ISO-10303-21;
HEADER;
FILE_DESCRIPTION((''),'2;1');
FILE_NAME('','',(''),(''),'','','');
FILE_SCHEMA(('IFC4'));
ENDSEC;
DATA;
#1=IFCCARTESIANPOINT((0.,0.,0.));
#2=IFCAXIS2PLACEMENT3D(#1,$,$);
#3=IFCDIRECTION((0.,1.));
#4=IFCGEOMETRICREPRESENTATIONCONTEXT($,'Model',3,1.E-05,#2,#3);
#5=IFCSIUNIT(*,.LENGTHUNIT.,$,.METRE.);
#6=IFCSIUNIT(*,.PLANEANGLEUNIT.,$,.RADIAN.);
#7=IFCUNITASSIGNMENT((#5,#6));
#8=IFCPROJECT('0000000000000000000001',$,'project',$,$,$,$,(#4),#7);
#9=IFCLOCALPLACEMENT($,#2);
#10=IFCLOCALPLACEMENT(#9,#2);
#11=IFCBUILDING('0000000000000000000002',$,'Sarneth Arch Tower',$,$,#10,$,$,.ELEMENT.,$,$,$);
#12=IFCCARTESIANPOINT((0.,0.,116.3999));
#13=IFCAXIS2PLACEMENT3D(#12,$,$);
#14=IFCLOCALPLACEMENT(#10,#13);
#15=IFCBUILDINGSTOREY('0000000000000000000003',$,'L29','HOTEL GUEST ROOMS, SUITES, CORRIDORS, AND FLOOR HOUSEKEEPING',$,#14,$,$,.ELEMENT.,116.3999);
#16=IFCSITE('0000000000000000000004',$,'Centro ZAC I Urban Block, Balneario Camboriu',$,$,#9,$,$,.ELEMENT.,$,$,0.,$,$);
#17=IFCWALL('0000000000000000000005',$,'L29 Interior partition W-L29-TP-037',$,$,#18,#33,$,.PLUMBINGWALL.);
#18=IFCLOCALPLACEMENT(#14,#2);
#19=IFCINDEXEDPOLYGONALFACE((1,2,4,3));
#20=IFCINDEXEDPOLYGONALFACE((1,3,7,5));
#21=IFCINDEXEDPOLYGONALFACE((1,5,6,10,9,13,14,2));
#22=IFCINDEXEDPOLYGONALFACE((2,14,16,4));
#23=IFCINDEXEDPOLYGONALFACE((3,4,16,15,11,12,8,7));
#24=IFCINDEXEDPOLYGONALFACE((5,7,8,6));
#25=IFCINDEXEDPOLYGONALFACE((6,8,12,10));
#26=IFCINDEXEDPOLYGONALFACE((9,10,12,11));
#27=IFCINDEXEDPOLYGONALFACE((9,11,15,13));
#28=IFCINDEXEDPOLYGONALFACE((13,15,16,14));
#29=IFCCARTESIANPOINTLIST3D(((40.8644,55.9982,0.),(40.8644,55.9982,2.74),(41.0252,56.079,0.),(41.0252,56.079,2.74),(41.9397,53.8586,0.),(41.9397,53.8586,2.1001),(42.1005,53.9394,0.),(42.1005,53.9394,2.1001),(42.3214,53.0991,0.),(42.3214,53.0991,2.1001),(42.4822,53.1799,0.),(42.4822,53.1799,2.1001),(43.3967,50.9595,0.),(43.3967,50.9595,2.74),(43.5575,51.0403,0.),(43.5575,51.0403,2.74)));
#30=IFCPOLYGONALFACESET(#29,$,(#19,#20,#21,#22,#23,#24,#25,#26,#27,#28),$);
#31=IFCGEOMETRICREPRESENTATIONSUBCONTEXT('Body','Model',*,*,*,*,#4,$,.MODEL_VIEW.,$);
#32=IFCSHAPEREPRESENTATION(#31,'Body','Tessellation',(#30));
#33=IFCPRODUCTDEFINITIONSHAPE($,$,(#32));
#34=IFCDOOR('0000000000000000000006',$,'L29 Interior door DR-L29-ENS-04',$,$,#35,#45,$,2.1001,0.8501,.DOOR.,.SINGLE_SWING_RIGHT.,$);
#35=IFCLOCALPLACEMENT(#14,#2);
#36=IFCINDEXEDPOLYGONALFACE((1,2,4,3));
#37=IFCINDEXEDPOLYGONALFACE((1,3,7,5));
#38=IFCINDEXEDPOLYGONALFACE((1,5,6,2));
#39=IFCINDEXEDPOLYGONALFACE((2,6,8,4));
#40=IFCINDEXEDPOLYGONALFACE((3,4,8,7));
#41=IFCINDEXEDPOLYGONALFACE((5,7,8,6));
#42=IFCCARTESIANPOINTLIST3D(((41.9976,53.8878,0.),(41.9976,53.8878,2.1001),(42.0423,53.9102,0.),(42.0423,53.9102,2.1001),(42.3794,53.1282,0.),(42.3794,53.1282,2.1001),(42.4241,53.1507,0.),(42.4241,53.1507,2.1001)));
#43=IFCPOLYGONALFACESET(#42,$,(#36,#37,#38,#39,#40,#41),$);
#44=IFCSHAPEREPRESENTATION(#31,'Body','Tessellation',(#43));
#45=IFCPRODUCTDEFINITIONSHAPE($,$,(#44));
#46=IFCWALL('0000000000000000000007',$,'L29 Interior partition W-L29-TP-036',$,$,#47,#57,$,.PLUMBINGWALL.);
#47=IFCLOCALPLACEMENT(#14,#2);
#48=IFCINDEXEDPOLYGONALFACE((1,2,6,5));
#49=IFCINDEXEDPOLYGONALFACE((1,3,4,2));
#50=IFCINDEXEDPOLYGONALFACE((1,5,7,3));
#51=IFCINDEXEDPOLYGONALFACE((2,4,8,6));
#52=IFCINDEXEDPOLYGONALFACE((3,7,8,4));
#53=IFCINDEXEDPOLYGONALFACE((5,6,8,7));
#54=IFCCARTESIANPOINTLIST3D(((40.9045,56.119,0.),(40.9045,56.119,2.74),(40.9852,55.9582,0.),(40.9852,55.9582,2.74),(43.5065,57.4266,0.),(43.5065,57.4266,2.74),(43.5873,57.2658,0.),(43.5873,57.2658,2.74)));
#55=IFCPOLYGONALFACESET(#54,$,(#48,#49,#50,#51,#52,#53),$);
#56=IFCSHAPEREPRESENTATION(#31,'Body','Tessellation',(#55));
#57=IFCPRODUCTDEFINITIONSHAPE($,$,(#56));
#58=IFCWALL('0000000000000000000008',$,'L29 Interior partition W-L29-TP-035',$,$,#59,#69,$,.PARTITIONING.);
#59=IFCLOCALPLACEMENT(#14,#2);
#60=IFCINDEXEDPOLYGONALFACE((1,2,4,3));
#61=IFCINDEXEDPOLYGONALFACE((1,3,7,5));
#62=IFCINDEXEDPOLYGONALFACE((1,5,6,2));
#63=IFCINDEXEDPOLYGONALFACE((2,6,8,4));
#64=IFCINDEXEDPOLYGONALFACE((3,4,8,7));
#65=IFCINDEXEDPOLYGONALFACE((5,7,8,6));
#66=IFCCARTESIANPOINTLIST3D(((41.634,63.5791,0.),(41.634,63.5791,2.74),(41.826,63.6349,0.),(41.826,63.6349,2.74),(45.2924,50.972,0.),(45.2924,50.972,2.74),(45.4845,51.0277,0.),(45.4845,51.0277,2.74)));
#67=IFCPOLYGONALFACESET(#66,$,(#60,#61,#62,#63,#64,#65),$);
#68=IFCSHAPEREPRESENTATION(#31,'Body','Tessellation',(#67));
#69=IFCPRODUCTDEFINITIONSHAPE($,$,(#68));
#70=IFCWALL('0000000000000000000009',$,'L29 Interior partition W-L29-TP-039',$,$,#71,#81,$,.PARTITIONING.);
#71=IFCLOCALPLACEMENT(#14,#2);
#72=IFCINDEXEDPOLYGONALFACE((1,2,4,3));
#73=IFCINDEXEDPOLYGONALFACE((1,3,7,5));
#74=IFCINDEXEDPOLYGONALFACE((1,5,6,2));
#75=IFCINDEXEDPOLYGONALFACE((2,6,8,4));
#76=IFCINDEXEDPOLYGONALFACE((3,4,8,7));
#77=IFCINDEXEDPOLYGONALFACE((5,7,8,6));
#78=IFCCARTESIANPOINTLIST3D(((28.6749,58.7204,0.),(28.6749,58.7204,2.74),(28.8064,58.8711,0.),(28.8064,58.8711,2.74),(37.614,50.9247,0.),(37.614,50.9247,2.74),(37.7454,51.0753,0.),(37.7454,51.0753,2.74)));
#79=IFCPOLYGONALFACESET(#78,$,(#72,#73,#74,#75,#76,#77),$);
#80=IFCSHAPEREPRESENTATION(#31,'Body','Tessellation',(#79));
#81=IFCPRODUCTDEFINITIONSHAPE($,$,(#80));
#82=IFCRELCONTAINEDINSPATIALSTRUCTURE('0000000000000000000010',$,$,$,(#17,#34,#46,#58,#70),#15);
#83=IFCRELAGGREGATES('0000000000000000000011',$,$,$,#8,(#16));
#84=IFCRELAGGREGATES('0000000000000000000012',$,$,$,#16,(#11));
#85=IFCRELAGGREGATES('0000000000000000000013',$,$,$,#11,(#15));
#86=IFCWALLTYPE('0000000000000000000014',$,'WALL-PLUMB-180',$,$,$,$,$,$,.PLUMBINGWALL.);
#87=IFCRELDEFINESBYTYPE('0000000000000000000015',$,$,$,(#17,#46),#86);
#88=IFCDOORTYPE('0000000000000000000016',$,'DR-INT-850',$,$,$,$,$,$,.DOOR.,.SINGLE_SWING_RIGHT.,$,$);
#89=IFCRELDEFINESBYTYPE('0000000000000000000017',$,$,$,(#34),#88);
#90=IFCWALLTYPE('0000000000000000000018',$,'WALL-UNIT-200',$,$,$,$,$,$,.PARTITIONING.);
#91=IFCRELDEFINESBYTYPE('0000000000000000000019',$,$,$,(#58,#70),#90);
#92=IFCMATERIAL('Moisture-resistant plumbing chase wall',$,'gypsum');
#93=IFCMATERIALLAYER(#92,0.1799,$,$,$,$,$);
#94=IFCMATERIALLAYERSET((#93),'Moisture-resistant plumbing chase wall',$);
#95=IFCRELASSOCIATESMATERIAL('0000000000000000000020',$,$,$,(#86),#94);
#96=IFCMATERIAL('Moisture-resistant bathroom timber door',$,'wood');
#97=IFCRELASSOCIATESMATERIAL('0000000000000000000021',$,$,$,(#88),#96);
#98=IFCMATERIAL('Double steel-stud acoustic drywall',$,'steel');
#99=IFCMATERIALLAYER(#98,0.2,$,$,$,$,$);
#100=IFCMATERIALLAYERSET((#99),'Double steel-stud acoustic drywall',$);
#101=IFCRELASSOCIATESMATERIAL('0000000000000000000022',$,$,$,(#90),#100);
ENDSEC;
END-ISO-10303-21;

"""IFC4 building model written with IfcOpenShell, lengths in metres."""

from ifc_helpers import new_model, si_unit, direction, frame, frame_2d, origin, place, context, subcontext, project, spatial, rectangle, extrude, material, layer, layer_set, type_object, element, fill, save


model = new_model("IFC4")

# Units and contexts
model_context = context("Model", 3, precision=1e-05, world=origin(), true_north=direction((0.0, 1.0)))
body_context = subcontext(model_context, "Body", "Model", "MODEL_VIEW")
ifc_project = project(units=[si_unit("LENGTHUNIT", "METRE"), si_unit("PLANEANGLEUNIT", "RADIAN")], contexts=[model_context])

# Site, building, storey
site_placement = place(None, origin())
site = spatial("IfcSite", under=ifc_project, at=site_placement, Name="Centro ZAC I Urban Block, Balneario Camboriu", CompositionType="ELEMENT", RefElevation=0.0)
building_placement = place(site_placement, origin())
building = spatial("IfcBuilding", under=site, at=building_placement, Name="Sarneth Arch Tower", CompositionType="ELEMENT")
storey_placement = place(building_placement, frame((0.0, 0.0, 116.3999)))
storey = spatial("IfcBuildingStorey", under=building, at=storey_placement, Name="L29", Description="HOTEL GUEST ROOMS, SUITES, CORRIDORS, AND FLOOR HOUSEKEEPING", CompositionType="ELEMENT", Elevation=116.3999)

# Wall, opening, door
ifc_material_1 = material(Name="Moisture-resistant plumbing chase wall", Category="gypsum")
ifc_layer_1 = layer(ifc_material_1, 0.1799)
ifc_layer_set_1 = layer_set([ifc_layer_1], Name="Moisture-resistant plumbing chase wall")
wall_type_1 = type_object("IfcWallType", Name="WALL-PLUMB-180", PredefinedType="PLUMBINGWALL", material=ifc_layer_set_1)
wall_1_placement = place(storey_placement, frame((40.9448, 56.0386, 0.0), z_axis=(0.0, 0.0, 1.0), x_axis=(0.449048, -0.893507, 0.0)))
wall_1 = element("IfcWall", 1, at=wall_1_placement, inside=storey, type_object=wall_type_1, Name="L29 Interior partition W-L29-TP-037", PredefinedType="PLUMBINGWALL", context=body_context, shape_type="SweptSolid", body=[
    extrude(rectangle(XDim=5.6392, YDim=0.1799, at=frame_2d((2.8196, 0.0))), origin(), (0.0, 0.0, 1.0), 2.74),
])
opening_1_placement = place(wall_1_placement, frame((2.3945, 0.0, 0.0)))
opening_1 = element("IfcOpeningElement", 2, at=opening_1_placement, cuts=wall_1, PredefinedType="OPENING", context=body_context, shape_type="SweptSolid", body=[
    extrude(rectangle(XDim=0.8501, YDim=2.1001, at=frame_2d((0.425, 1.05))), frame((0.0, 0.0999, 0.0), z_axis=(0.0, -1.0, 0.0), x_axis=(1.0, 0.0, 0.0)), (0.0, 0.0, 1.0), 0.2),
])
ifc_material_2 = material(Name="Moisture-resistant bathroom timber door", Category="wood")
door_type_1 = type_object("IfcDoorType", Name="DR-INT-850", OperationType="SINGLE_SWING_RIGHT", PredefinedType="DOOR", material=ifc_material_2)
door_1_placement = place(opening_1_placement, origin())
door_1 = element("IfcDoor", 3, at=door_1_placement, inside=storey, type_object=door_type_1, Name="L29 Interior door DR-L29-ENS-04", OperationType="SINGLE_SWING_RIGHT", OverallHeight=2.1001, OverallWidth=0.8501, PredefinedType="DOOR", context=body_context, shape_type="SweptSolid", body=[
    extrude(rectangle(XDim=0.8501, YDim=2.1001, at=frame_2d((0.425, 1.05))), frame((0.0, 0.0249, 0.0), z_axis=(0.0, -1.0, 0.0), x_axis=(1.0, 0.0, 0.0)), (0.0, 0.0, 1.0), 0.05),
])
fill(opening_1, door_1)

# Walls
wall_2_placement = place(storey_placement, frame((43.5469, 57.3462, 0.0), z_axis=(0.0, 0.0, 1.0), x_axis=(-0.89352, -0.449024, 0.0)))
element("IfcWall", 4, at=wall_2_placement, inside=storey, type_object=wall_type_1, Name="L29 Interior partition W-L29-TP-036", PredefinedType="PLUMBINGWALL", context=body_context, shape_type="SweptSolid", body=[
    extrude(rectangle(XDim=2.9121, YDim=0.1799, at=frame_2d((1.4561, 0.0))), origin(), (0.0, 0.0, 1.0), 2.74),
])
ifc_material_3 = material(Name="Double steel-stud acoustic drywall", Category="steel")
ifc_layer_2 = layer(ifc_material_3, 0.2)
ifc_layer_set_2 = layer_set([ifc_layer_2], Name="Double steel-stud acoustic drywall")
wall_type_2 = type_object("IfcWallType", Name="WALL-UNIT-200", PredefinedType="PARTITIONING", material=ifc_layer_set_2)
wall_3_placement = place(storey_placement, frame((45.3884, 51.0, 0.0), z_axis=(0.0, 0.0, 1.0), x_axis=(-0.278691, 0.960381, 0.0)))
element("IfcWall", 5, at=wall_3_placement, inside=storey, type_object=wall_type_2, Name="L29 Interior partition W-L29-TP-035", PredefinedType="PARTITIONING", context=body_context, shape_type="SweptSolid", body=[
    extrude(rectangle(XDim=13.1272, YDim=0.2, at=frame_2d((6.5635, 0.0))), origin(), (0.0, 0.0, 1.0), 2.74),
])
wall_4_placement = place(storey_placement, frame((37.6797, 51.0, 0.0), z_axis=(0.0, 0.0, 1.0), x_axis=(-0.75366, 0.657265, 0.0)))
element("IfcWall", 6, at=wall_4_placement, inside=storey, type_object=wall_type_2, Name="L29 Interior partition W-L29-TP-039", PredefinedType="PARTITIONING", context=body_context, shape_type="SweptSolid", body=[
    extrude(rectangle(XDim=11.8608, YDim=0.2, at=frame_2d((5.9304, 0.0))), origin(), (0.0, 0.0, 1.0), 2.74),
])

save(model, "model.ifc")
